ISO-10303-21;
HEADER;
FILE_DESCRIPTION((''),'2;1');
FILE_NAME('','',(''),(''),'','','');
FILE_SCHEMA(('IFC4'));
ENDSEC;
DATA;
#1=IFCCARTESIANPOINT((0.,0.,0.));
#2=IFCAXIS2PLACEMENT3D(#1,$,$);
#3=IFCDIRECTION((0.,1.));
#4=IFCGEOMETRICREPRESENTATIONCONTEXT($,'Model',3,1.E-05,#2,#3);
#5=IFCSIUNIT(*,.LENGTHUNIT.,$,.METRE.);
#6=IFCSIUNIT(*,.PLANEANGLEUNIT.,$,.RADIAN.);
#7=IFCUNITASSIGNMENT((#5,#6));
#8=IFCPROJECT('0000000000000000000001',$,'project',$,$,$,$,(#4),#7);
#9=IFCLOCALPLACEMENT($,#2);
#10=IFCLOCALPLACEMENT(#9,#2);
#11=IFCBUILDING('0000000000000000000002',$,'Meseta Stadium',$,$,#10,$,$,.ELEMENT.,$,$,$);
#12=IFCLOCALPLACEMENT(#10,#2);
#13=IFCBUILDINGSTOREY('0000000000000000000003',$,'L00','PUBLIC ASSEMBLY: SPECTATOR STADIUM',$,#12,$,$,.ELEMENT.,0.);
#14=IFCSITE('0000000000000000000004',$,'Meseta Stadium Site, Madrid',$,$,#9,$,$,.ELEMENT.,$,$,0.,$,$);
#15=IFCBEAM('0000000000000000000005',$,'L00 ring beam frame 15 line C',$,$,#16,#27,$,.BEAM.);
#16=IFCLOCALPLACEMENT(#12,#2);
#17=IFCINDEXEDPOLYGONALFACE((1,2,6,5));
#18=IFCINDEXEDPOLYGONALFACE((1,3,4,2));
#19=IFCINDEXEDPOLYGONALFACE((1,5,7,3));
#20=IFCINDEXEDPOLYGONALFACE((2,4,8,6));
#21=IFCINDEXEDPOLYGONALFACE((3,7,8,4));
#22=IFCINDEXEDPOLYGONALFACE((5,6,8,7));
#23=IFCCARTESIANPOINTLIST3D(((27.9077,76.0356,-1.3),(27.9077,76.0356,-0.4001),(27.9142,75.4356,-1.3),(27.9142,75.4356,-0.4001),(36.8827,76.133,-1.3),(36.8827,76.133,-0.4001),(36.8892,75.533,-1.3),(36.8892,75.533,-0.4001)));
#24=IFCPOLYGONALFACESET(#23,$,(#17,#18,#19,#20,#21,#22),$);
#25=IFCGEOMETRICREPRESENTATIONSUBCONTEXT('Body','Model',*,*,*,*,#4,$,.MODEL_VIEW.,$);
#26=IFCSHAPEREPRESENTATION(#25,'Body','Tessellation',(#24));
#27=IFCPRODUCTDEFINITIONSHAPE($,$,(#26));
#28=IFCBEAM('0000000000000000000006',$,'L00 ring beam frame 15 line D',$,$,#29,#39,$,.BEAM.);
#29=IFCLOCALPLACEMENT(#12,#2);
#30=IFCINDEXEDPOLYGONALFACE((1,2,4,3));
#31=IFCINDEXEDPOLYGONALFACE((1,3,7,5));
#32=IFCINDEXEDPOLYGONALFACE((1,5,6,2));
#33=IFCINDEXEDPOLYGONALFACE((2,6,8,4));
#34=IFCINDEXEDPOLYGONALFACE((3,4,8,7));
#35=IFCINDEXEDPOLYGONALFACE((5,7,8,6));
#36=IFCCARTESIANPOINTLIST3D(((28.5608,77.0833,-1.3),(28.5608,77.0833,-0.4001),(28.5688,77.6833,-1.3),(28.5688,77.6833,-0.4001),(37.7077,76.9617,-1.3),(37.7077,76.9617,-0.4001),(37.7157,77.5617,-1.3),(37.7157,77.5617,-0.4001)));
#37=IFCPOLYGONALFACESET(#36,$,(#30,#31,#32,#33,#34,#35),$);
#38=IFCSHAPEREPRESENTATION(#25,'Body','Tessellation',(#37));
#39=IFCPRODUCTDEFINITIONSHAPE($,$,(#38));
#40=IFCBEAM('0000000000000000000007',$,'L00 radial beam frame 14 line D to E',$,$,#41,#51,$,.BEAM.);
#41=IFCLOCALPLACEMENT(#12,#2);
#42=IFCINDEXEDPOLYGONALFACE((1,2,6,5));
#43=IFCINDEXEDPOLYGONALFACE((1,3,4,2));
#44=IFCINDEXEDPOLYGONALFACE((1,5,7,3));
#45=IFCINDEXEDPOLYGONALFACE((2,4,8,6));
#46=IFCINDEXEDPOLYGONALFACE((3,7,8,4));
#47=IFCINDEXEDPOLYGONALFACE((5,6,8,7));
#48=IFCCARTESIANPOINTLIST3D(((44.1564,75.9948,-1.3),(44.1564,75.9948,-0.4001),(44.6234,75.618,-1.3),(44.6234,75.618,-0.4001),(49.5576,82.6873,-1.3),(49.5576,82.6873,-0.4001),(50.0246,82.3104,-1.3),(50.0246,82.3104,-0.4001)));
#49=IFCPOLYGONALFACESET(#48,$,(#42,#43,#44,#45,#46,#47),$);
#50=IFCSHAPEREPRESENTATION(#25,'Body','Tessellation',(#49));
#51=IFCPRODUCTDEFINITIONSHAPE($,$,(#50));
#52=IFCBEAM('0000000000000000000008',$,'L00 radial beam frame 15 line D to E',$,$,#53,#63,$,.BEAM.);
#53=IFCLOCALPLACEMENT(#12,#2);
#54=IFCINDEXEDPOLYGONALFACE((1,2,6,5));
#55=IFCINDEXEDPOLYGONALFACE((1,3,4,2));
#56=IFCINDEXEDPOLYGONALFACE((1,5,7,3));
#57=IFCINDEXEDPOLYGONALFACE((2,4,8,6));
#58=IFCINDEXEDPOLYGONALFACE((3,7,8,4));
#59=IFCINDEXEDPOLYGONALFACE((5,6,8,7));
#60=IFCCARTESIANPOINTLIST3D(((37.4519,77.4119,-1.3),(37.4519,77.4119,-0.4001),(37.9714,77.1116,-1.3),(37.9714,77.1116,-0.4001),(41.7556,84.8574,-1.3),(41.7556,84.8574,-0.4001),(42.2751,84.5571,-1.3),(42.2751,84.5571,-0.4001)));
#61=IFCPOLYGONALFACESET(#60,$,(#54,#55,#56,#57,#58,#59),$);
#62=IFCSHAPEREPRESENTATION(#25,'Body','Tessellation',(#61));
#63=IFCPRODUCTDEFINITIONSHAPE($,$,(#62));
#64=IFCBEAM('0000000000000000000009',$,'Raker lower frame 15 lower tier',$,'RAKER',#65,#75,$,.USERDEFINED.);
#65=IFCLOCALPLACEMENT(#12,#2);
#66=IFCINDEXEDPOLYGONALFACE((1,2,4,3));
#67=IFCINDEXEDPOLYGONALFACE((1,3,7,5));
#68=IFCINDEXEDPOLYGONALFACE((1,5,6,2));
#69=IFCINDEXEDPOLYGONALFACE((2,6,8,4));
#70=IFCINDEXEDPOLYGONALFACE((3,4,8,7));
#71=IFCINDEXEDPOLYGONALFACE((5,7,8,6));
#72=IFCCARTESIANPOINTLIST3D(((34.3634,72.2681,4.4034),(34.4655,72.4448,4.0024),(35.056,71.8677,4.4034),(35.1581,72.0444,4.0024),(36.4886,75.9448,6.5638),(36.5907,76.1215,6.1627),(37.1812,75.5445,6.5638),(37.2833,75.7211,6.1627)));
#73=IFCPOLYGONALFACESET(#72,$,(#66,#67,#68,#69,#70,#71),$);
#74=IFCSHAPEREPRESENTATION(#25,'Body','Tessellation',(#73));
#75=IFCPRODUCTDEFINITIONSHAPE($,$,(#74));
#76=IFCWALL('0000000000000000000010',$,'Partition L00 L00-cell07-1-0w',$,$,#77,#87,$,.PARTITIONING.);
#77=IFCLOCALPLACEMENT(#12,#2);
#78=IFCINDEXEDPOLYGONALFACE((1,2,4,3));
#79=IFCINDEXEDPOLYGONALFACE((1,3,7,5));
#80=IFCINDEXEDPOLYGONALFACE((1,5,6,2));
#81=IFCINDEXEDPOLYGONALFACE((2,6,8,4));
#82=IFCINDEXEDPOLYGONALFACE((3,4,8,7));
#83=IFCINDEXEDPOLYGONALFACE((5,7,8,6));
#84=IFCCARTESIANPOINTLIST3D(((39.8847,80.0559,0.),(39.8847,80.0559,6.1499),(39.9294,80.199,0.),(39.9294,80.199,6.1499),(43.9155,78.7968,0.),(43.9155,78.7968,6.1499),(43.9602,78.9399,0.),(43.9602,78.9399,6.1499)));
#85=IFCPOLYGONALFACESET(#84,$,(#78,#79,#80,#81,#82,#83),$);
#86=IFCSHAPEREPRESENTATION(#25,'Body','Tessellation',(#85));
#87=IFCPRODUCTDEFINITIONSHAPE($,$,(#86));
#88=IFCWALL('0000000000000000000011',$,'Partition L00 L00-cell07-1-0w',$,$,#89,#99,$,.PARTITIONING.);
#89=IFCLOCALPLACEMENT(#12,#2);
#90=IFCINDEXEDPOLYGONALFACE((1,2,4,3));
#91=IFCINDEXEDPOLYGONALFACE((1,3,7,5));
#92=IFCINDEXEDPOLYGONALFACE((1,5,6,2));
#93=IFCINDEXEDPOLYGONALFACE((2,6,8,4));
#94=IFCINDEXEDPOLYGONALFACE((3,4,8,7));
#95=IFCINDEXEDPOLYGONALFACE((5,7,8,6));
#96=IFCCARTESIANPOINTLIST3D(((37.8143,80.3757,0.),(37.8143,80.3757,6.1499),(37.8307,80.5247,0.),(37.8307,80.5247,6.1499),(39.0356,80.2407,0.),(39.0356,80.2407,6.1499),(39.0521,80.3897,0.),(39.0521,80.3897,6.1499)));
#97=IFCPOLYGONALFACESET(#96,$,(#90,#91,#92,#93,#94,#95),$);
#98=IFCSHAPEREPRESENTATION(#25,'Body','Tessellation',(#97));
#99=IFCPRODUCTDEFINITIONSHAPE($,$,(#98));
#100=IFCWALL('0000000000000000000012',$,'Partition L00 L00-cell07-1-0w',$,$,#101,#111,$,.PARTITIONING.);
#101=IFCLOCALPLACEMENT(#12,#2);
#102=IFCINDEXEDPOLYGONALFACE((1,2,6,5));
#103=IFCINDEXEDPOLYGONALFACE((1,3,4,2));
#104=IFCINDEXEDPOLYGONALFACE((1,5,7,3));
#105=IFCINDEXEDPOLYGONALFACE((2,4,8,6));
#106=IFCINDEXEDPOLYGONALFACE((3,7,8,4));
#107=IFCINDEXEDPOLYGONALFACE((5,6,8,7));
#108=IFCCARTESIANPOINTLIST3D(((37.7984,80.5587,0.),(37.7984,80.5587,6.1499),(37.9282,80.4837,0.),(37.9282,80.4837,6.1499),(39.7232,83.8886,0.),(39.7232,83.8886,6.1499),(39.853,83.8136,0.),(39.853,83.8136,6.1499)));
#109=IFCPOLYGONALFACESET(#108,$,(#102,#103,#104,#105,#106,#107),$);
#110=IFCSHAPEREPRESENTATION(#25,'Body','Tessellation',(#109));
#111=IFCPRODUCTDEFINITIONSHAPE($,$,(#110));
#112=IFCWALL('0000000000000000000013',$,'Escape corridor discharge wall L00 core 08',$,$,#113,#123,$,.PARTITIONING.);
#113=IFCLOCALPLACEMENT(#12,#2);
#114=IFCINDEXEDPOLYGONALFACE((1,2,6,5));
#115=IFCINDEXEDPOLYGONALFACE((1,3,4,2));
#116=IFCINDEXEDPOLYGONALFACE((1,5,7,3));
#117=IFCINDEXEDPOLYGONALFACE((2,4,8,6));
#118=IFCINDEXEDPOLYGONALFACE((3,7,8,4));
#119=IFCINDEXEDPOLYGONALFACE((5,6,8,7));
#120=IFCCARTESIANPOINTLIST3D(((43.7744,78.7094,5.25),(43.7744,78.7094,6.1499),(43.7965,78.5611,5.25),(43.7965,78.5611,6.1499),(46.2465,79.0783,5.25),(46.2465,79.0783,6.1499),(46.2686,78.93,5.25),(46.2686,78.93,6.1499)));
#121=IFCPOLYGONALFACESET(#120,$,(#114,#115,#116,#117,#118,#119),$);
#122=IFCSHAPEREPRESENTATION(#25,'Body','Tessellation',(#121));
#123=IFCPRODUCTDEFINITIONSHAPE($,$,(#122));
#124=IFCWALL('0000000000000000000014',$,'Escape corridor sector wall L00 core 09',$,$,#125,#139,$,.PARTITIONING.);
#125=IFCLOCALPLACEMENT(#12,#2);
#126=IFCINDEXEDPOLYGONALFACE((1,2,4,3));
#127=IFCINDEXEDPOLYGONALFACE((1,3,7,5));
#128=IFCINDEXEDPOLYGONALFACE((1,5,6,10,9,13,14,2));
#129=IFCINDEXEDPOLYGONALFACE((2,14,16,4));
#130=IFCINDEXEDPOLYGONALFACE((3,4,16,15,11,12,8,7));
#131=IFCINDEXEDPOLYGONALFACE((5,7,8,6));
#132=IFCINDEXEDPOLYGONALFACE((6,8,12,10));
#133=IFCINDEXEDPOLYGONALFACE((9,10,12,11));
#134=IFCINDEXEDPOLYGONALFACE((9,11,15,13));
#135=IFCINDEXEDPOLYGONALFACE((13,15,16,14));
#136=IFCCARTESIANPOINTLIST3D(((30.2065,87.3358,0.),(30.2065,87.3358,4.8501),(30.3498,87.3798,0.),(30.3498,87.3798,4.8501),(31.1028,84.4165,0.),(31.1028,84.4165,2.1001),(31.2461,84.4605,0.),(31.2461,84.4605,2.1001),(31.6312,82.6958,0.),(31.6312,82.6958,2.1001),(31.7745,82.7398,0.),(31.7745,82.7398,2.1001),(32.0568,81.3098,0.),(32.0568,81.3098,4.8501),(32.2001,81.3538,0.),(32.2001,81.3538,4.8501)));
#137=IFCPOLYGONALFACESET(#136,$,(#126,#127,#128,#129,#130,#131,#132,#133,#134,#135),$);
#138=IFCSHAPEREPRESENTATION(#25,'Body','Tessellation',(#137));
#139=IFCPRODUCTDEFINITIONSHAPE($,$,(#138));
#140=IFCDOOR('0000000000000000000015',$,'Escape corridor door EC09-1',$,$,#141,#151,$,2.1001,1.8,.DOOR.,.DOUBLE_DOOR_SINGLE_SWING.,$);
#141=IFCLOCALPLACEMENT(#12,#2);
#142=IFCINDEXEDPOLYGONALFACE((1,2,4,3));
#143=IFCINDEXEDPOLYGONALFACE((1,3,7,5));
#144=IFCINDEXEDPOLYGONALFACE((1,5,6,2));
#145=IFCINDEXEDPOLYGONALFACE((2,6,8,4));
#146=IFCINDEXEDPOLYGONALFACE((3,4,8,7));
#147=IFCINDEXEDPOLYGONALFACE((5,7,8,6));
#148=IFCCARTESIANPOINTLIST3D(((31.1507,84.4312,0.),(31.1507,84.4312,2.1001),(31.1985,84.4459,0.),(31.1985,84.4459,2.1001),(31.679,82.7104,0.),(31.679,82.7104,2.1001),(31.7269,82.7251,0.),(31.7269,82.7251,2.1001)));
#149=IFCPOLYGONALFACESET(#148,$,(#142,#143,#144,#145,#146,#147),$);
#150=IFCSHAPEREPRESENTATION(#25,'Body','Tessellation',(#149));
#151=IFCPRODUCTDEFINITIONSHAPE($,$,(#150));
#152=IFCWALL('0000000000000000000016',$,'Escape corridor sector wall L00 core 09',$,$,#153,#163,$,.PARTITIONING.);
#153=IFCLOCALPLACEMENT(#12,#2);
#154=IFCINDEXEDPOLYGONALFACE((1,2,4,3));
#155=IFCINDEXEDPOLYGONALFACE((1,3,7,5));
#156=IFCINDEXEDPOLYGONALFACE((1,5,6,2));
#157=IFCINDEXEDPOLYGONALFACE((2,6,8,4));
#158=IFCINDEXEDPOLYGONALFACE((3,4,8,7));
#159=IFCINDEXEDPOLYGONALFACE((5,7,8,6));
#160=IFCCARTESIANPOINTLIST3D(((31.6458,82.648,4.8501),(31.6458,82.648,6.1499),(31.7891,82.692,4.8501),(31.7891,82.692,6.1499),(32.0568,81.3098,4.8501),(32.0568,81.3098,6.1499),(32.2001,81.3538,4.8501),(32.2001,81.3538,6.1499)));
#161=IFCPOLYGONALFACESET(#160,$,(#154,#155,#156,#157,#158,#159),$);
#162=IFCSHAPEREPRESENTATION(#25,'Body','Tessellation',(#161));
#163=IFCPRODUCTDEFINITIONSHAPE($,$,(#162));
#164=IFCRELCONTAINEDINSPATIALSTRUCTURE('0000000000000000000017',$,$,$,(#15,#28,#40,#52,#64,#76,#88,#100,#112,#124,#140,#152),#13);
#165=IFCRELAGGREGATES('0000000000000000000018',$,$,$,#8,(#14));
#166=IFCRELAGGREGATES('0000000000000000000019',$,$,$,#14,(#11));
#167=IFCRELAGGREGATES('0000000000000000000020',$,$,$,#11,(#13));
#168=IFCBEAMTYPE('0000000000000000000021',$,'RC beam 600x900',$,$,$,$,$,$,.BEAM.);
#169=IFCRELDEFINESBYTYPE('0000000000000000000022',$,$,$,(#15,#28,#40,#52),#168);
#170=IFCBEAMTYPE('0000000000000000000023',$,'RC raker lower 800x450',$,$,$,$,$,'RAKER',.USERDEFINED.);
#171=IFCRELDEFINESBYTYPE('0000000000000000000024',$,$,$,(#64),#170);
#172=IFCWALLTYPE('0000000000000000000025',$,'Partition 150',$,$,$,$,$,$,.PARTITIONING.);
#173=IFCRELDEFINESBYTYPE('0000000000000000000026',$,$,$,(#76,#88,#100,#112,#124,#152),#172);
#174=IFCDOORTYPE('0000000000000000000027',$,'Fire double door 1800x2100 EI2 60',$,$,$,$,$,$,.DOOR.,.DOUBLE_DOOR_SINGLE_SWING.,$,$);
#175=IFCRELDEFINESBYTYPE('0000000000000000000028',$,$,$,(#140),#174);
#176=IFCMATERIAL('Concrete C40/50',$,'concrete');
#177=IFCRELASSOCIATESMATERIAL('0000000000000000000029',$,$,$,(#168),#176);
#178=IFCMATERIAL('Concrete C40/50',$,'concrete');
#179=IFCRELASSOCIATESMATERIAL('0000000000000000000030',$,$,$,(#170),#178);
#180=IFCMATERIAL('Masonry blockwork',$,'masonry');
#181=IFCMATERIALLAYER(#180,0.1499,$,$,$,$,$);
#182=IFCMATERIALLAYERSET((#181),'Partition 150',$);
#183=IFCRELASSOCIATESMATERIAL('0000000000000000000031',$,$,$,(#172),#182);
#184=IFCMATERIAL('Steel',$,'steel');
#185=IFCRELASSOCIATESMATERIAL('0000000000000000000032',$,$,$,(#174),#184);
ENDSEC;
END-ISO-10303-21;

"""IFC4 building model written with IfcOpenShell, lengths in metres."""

from ifc_helpers import new_model, si_unit, direction, frame, frame_2d, origin, origin_2d, place, context, subcontext, project, spatial, rectangle, extrude, material, layer, layer_set, material_profile, profile_set, type_object, element, fill, save


model = new_model("IFC4")

# Units and contexts
model_context = context("Model", 3, precision=1e-05, world=origin(), true_north=direction((0.0, 1.0)))
body_context = subcontext(model_context, "Body", "Model", "MODEL_VIEW")
ifc_project = project(units=[si_unit("LENGTHUNIT", "METRE"), si_unit("PLANEANGLEUNIT", "RADIAN")], contexts=[model_context])

# Site, building, storey
site_placement = place(None, origin())
site = spatial("IfcSite", under=ifc_project, at=site_placement, Name="Meseta Stadium Site, Madrid", CompositionType="ELEMENT", RefElevation=0.0)
building_placement = place(site_placement, origin())
building = spatial("IfcBuilding", under=site, at=building_placement, Name="Meseta Stadium", CompositionType="ELEMENT")
storey_placement = place(building_placement, origin())
storey = spatial("IfcBuildingStorey", under=building, at=storey_placement, Name="L00", Description="PUBLIC ASSEMBLY: SPECTATOR STADIUM", CompositionType="ELEMENT", Elevation=0.0)

# Beams
ifc_material_1 = material(Name="Concrete C40/50", Category="concrete")
ifc_material_profile_1 = material_profile(ifc_material_1, rectangle(XDim=0.6001, YDim=0.8999, at=origin_2d()), Name="RC 600x900")
ifc_profile_set_1 = profile_set([ifc_material_profile_1], Name="Concrete C40/50")
beam_type_1 = type_object("IfcBeamType", Name="RC beam 600x900", PredefinedType="BEAM", material=ifc_profile_set_1)
beam_1_placement = place(storey_placement, frame((36.886, 75.833, -0.8501), z_axis=(-0.999941, -0.010853, 0.0), x_axis=(0.010853, -0.999941, 0.0)))
element("IfcBeam", 1, at=beam_1_placement, inside=storey, type_object=beam_type_1, Name="L00 ring beam frame 15 line C", PredefinedType="BEAM", context=body_context, shape_type="SweptSolid", body=[
    extrude(rectangle(XDim=0.6001, YDim=0.8999, at=origin_2d()), origin(), (0.0, 0.0, 1.0), 8.9756),
])
beam_2_placement = place(storey_placement, frame((37.7117, 77.2617, -0.8501), z_axis=(-0.999912, 0.013291, 0.0), x_axis=(-0.013291, -0.999912, 0.0)))
element("IfcBeam", 2, at=beam_2_placement, inside=storey, type_object=beam_type_1, Name="L00 ring beam frame 15 line D", PredefinedType="BEAM", context=body_context, shape_type="SweptSolid", body=[
    extrude(rectangle(XDim=0.6001, YDim=0.8999, at=origin_2d()), origin(), (0.0, 0.0, 1.0), 9.1477),
])
beam_3_placement = place(storey_placement, frame((44.3899, 75.8064, -0.8501), z_axis=(0.628037, 0.778183, 0.0), x_axis=(-0.778183, 0.628037, 0.0)))
element("IfcBeam", 3, at=beam_3_placement, inside=storey, type_object=beam_type_1, Name="L00 radial beam frame 14 line D to E", PredefinedType="BEAM", context=body_context, shape_type="SweptSolid", body=[
    extrude(rectangle(XDim=0.6001, YDim=0.8999, at=origin_2d()), origin(), (0.0, 0.0, 1.0), 8.6001),
])
beam_4_placement = place(storey_placement, frame((37.7117, 77.2617, -0.8501), z_axis=(0.500437, 0.865773, 0.0), x_axis=(-0.865773, 0.500437, 0.0)))
element("IfcBeam", 4, at=beam_4_placement, inside=storey, type_object=beam_type_1, Name="L00 radial beam frame 15 line D to E", PredefinedType="BEAM", context=body_context, shape_type="SweptSolid", body=[
    extrude(rectangle(XDim=0.6001, YDim=0.8999, at=origin_2d()), origin(), (0.0, 0.0, 1.0), 8.5999),
])
ifc_material_2 = material(Name="Concrete C40/50", Category="concrete")
ifc_material_profile_2 = material_profile(ifc_material_2, rectangle(XDim=0.8, YDim=0.45, at=origin_2d()), Name="RC 800x450")
ifc_profile_set_2 = profile_set([ifc_material_profile_2], Name="Concrete C40/50")
beam_type_2 = type_object("IfcBeamType", Name="RC raker lower 800x450", ElementType="RAKER", PredefinedType="USERDEFINED", material=ifc_profile_set_2)
beam_5_placement = place(storey_placement, frame((34.7607, 72.1562, 4.2029), z_axis=(0.446038, 0.771663, 0.453416), x_axis=(-0.865774, 0.500436, 0.0)))
element("IfcBeam", 5, at=beam_5_placement, inside=storey, type_object=beam_type_2, Name="Raker lower frame 15 lower tier", ObjectType="RAKER", PredefinedType="USERDEFINED", context=body_context, shape_type="SweptSolid", body=[
    extrude(rectangle(XDim=0.8, YDim=0.45, at=origin_2d()), origin(), (0.0, 0.0, 1.0), 4.7646),
])

# Walls
ifc_material_3 = material(Name="Masonry blockwork", Category="masonry")
ifc_layer = layer(ifc_material_3, 0.1499)
ifc_layer_set = layer_set([ifc_layer], Name="Partition 150")
wall_type = type_object("IfcWallType", Name="Partition 150", PredefinedType="PARTITIONING", material=ifc_layer_set)
wall_1_placement = place(storey_placement, frame((43.9377, 78.8684, 0.0), z_axis=(0.0, 0.0, 1.0), x_axis=(-0.954519, 0.29815, 0.0)))
element("IfcWall", 6, at=wall_1_placement, inside=storey, type_object=wall_type, Name="Partition L00 L00-cell07-1-0w", PredefinedType="PARTITIONING", context=body_context, shape_type="SweptSolid", body=[
    extrude(rectangle(XDim=4.2229, YDim=0.1499, at=frame_2d((2.1113, 0.0))), origin(), (0.0, 0.0, 1.0), 6.1499),
])
wall_2_placement = place(storey_placement, frame((39.0437, 80.3152, 0.0), z_axis=(0.0, 0.0, 1.0), x_axis=(-0.993947, 0.109865, 0.0)))
element("IfcWall", 7, at=wall_2_placement, inside=storey, type_object=wall_type, Name="Partition L00 L00-cell07-1-0w", PredefinedType="PARTITIONING", context=body_context, shape_type="SweptSolid", body=[
    extrude(rectangle(XDim=1.2288, YDim=0.1499, at=frame_2d((0.6143, 0.0))), origin(), (0.0, 0.0, 1.0), 6.1499),
])
wall_3_placement = place(storey_placement, frame((37.8633, 80.5212, 0.0), z_axis=(0.0, 0.0, 1.0), x_axis=(0.500453, 0.865764, 0.0)))
element("IfcWall", 8, at=wall_3_placement, inside=storey, type_object=wall_type, Name="Partition L00 L00-cell07-1-0w", PredefinedType="PARTITIONING", context=body_context, shape_type="SweptSolid", body=[
    extrude(rectangle(XDim=3.8462, YDim=0.1499, at=frame_2d((1.9231, 0.0))), origin(), (0.0, 0.0, 1.0), 6.1499),
])
wall_4_placement = place(storey_placement, frame((46.2576, 79.0042, 5.25), z_axis=(0.0, 0.0, 1.0), x_axis=(-0.989049, -0.147586, 0.0)))
element("IfcWall", 9, at=wall_4_placement, inside=storey, type_object=wall_type, Name="Escape corridor discharge wall L00 core 08", PredefinedType="PARTITIONING", context=body_context, shape_type="SweptSolid", body=[
    extrude(rectangle(XDim=2.4995, YDim=0.1499, at=frame_2d((1.2498, 0.0))), origin(), (0.0, 0.0, 1.0), 0.8999),
])

# Wall, opening, door
wall_5_placement = place(storey_placement, frame((32.1284, 81.3318, 0.0), z_axis=(0.0, 0.0, 1.0), x_axis=(-0.293528, 0.955951, 0.0)))
wall_5 = element("IfcWall", 10, at=wall_5_placement, inside=storey, type_object=wall_type, Name="Escape corridor sector wall L00 core 09", PredefinedType="PARTITIONING", context=body_context, shape_type="SweptSolid", body=[
    extrude(rectangle(XDim=6.3037, YDim=0.1499, at=frame_2d((3.1519, 0.0))), origin(), (0.0, 0.0, 1.0), 4.8501),
])
opening_1_placement = place(wall_5_placement, frame((1.45, 0.0, 0.0)))
opening_1 = element("IfcOpeningElement", 11, at=opening_1_placement, cuts=wall_5, PredefinedType="OPENING", context=body_context, shape_type="SweptSolid", body=[
    extrude(rectangle(XDim=1.8, YDim=2.1001, at=frame_2d((0.8999, 1.05))), frame((0.0, 0.085, 0.0), z_axis=(0.0, -1.0, 0.0), x_axis=(1.0, 0.0, 0.0)), (0.0, 0.0, 1.0), 0.1699),
])
ifc_material_4 = material(Name="Steel", Category="steel")
door_type = type_object("IfcDoorType", Name="Fire double door 1800x2100 EI2 60", OperationType="DOUBLE_DOOR_SINGLE_SWING", PredefinedType="DOOR", material=ifc_material_4)
door_1_placement = place(opening_1_placement, origin())
door_1 = element("IfcDoor", 12, at=door_1_placement, inside=storey, type_object=door_type, Name="Escape corridor door EC09-1", OperationType="DOUBLE_DOOR_SINGLE_SWING", OverallHeight=2.1001, OverallWidth=1.8, PredefinedType="DOOR", context=body_context, shape_type="SweptSolid", body=[
    extrude(rectangle(XDim=1.8, YDim=2.1001, at=frame_2d((0.8999, 1.05))), frame((0.0, 0.0249, 0.0), z_axis=(0.0, -1.0, 0.0), x_axis=(1.0, 0.0, 0.0)), (0.0, 0.0, 1.0), 0.05),
])
fill(opening_1, door_1)

# Wall
wall_6_placement = place(storey_placement, frame((32.1284, 81.3318, 4.8501), z_axis=(0.0, 0.0, 1.0), x_axis=(-0.293534, 0.955949, 0.0)))
element("IfcWall", 13, at=wall_6_placement, inside=storey, type_object=wall_type, Name="Escape corridor sector wall L00 core 09", PredefinedType="PARTITIONING", context=body_context, shape_type="SweptSolid", body=[
    extrude(rectangle(XDim=1.3999, YDim=0.1499, at=frame_2d((0.7, 0.0))), origin(), (0.0, 0.0, 1.0), 1.2998),
])

save(model, "model.ifc")
